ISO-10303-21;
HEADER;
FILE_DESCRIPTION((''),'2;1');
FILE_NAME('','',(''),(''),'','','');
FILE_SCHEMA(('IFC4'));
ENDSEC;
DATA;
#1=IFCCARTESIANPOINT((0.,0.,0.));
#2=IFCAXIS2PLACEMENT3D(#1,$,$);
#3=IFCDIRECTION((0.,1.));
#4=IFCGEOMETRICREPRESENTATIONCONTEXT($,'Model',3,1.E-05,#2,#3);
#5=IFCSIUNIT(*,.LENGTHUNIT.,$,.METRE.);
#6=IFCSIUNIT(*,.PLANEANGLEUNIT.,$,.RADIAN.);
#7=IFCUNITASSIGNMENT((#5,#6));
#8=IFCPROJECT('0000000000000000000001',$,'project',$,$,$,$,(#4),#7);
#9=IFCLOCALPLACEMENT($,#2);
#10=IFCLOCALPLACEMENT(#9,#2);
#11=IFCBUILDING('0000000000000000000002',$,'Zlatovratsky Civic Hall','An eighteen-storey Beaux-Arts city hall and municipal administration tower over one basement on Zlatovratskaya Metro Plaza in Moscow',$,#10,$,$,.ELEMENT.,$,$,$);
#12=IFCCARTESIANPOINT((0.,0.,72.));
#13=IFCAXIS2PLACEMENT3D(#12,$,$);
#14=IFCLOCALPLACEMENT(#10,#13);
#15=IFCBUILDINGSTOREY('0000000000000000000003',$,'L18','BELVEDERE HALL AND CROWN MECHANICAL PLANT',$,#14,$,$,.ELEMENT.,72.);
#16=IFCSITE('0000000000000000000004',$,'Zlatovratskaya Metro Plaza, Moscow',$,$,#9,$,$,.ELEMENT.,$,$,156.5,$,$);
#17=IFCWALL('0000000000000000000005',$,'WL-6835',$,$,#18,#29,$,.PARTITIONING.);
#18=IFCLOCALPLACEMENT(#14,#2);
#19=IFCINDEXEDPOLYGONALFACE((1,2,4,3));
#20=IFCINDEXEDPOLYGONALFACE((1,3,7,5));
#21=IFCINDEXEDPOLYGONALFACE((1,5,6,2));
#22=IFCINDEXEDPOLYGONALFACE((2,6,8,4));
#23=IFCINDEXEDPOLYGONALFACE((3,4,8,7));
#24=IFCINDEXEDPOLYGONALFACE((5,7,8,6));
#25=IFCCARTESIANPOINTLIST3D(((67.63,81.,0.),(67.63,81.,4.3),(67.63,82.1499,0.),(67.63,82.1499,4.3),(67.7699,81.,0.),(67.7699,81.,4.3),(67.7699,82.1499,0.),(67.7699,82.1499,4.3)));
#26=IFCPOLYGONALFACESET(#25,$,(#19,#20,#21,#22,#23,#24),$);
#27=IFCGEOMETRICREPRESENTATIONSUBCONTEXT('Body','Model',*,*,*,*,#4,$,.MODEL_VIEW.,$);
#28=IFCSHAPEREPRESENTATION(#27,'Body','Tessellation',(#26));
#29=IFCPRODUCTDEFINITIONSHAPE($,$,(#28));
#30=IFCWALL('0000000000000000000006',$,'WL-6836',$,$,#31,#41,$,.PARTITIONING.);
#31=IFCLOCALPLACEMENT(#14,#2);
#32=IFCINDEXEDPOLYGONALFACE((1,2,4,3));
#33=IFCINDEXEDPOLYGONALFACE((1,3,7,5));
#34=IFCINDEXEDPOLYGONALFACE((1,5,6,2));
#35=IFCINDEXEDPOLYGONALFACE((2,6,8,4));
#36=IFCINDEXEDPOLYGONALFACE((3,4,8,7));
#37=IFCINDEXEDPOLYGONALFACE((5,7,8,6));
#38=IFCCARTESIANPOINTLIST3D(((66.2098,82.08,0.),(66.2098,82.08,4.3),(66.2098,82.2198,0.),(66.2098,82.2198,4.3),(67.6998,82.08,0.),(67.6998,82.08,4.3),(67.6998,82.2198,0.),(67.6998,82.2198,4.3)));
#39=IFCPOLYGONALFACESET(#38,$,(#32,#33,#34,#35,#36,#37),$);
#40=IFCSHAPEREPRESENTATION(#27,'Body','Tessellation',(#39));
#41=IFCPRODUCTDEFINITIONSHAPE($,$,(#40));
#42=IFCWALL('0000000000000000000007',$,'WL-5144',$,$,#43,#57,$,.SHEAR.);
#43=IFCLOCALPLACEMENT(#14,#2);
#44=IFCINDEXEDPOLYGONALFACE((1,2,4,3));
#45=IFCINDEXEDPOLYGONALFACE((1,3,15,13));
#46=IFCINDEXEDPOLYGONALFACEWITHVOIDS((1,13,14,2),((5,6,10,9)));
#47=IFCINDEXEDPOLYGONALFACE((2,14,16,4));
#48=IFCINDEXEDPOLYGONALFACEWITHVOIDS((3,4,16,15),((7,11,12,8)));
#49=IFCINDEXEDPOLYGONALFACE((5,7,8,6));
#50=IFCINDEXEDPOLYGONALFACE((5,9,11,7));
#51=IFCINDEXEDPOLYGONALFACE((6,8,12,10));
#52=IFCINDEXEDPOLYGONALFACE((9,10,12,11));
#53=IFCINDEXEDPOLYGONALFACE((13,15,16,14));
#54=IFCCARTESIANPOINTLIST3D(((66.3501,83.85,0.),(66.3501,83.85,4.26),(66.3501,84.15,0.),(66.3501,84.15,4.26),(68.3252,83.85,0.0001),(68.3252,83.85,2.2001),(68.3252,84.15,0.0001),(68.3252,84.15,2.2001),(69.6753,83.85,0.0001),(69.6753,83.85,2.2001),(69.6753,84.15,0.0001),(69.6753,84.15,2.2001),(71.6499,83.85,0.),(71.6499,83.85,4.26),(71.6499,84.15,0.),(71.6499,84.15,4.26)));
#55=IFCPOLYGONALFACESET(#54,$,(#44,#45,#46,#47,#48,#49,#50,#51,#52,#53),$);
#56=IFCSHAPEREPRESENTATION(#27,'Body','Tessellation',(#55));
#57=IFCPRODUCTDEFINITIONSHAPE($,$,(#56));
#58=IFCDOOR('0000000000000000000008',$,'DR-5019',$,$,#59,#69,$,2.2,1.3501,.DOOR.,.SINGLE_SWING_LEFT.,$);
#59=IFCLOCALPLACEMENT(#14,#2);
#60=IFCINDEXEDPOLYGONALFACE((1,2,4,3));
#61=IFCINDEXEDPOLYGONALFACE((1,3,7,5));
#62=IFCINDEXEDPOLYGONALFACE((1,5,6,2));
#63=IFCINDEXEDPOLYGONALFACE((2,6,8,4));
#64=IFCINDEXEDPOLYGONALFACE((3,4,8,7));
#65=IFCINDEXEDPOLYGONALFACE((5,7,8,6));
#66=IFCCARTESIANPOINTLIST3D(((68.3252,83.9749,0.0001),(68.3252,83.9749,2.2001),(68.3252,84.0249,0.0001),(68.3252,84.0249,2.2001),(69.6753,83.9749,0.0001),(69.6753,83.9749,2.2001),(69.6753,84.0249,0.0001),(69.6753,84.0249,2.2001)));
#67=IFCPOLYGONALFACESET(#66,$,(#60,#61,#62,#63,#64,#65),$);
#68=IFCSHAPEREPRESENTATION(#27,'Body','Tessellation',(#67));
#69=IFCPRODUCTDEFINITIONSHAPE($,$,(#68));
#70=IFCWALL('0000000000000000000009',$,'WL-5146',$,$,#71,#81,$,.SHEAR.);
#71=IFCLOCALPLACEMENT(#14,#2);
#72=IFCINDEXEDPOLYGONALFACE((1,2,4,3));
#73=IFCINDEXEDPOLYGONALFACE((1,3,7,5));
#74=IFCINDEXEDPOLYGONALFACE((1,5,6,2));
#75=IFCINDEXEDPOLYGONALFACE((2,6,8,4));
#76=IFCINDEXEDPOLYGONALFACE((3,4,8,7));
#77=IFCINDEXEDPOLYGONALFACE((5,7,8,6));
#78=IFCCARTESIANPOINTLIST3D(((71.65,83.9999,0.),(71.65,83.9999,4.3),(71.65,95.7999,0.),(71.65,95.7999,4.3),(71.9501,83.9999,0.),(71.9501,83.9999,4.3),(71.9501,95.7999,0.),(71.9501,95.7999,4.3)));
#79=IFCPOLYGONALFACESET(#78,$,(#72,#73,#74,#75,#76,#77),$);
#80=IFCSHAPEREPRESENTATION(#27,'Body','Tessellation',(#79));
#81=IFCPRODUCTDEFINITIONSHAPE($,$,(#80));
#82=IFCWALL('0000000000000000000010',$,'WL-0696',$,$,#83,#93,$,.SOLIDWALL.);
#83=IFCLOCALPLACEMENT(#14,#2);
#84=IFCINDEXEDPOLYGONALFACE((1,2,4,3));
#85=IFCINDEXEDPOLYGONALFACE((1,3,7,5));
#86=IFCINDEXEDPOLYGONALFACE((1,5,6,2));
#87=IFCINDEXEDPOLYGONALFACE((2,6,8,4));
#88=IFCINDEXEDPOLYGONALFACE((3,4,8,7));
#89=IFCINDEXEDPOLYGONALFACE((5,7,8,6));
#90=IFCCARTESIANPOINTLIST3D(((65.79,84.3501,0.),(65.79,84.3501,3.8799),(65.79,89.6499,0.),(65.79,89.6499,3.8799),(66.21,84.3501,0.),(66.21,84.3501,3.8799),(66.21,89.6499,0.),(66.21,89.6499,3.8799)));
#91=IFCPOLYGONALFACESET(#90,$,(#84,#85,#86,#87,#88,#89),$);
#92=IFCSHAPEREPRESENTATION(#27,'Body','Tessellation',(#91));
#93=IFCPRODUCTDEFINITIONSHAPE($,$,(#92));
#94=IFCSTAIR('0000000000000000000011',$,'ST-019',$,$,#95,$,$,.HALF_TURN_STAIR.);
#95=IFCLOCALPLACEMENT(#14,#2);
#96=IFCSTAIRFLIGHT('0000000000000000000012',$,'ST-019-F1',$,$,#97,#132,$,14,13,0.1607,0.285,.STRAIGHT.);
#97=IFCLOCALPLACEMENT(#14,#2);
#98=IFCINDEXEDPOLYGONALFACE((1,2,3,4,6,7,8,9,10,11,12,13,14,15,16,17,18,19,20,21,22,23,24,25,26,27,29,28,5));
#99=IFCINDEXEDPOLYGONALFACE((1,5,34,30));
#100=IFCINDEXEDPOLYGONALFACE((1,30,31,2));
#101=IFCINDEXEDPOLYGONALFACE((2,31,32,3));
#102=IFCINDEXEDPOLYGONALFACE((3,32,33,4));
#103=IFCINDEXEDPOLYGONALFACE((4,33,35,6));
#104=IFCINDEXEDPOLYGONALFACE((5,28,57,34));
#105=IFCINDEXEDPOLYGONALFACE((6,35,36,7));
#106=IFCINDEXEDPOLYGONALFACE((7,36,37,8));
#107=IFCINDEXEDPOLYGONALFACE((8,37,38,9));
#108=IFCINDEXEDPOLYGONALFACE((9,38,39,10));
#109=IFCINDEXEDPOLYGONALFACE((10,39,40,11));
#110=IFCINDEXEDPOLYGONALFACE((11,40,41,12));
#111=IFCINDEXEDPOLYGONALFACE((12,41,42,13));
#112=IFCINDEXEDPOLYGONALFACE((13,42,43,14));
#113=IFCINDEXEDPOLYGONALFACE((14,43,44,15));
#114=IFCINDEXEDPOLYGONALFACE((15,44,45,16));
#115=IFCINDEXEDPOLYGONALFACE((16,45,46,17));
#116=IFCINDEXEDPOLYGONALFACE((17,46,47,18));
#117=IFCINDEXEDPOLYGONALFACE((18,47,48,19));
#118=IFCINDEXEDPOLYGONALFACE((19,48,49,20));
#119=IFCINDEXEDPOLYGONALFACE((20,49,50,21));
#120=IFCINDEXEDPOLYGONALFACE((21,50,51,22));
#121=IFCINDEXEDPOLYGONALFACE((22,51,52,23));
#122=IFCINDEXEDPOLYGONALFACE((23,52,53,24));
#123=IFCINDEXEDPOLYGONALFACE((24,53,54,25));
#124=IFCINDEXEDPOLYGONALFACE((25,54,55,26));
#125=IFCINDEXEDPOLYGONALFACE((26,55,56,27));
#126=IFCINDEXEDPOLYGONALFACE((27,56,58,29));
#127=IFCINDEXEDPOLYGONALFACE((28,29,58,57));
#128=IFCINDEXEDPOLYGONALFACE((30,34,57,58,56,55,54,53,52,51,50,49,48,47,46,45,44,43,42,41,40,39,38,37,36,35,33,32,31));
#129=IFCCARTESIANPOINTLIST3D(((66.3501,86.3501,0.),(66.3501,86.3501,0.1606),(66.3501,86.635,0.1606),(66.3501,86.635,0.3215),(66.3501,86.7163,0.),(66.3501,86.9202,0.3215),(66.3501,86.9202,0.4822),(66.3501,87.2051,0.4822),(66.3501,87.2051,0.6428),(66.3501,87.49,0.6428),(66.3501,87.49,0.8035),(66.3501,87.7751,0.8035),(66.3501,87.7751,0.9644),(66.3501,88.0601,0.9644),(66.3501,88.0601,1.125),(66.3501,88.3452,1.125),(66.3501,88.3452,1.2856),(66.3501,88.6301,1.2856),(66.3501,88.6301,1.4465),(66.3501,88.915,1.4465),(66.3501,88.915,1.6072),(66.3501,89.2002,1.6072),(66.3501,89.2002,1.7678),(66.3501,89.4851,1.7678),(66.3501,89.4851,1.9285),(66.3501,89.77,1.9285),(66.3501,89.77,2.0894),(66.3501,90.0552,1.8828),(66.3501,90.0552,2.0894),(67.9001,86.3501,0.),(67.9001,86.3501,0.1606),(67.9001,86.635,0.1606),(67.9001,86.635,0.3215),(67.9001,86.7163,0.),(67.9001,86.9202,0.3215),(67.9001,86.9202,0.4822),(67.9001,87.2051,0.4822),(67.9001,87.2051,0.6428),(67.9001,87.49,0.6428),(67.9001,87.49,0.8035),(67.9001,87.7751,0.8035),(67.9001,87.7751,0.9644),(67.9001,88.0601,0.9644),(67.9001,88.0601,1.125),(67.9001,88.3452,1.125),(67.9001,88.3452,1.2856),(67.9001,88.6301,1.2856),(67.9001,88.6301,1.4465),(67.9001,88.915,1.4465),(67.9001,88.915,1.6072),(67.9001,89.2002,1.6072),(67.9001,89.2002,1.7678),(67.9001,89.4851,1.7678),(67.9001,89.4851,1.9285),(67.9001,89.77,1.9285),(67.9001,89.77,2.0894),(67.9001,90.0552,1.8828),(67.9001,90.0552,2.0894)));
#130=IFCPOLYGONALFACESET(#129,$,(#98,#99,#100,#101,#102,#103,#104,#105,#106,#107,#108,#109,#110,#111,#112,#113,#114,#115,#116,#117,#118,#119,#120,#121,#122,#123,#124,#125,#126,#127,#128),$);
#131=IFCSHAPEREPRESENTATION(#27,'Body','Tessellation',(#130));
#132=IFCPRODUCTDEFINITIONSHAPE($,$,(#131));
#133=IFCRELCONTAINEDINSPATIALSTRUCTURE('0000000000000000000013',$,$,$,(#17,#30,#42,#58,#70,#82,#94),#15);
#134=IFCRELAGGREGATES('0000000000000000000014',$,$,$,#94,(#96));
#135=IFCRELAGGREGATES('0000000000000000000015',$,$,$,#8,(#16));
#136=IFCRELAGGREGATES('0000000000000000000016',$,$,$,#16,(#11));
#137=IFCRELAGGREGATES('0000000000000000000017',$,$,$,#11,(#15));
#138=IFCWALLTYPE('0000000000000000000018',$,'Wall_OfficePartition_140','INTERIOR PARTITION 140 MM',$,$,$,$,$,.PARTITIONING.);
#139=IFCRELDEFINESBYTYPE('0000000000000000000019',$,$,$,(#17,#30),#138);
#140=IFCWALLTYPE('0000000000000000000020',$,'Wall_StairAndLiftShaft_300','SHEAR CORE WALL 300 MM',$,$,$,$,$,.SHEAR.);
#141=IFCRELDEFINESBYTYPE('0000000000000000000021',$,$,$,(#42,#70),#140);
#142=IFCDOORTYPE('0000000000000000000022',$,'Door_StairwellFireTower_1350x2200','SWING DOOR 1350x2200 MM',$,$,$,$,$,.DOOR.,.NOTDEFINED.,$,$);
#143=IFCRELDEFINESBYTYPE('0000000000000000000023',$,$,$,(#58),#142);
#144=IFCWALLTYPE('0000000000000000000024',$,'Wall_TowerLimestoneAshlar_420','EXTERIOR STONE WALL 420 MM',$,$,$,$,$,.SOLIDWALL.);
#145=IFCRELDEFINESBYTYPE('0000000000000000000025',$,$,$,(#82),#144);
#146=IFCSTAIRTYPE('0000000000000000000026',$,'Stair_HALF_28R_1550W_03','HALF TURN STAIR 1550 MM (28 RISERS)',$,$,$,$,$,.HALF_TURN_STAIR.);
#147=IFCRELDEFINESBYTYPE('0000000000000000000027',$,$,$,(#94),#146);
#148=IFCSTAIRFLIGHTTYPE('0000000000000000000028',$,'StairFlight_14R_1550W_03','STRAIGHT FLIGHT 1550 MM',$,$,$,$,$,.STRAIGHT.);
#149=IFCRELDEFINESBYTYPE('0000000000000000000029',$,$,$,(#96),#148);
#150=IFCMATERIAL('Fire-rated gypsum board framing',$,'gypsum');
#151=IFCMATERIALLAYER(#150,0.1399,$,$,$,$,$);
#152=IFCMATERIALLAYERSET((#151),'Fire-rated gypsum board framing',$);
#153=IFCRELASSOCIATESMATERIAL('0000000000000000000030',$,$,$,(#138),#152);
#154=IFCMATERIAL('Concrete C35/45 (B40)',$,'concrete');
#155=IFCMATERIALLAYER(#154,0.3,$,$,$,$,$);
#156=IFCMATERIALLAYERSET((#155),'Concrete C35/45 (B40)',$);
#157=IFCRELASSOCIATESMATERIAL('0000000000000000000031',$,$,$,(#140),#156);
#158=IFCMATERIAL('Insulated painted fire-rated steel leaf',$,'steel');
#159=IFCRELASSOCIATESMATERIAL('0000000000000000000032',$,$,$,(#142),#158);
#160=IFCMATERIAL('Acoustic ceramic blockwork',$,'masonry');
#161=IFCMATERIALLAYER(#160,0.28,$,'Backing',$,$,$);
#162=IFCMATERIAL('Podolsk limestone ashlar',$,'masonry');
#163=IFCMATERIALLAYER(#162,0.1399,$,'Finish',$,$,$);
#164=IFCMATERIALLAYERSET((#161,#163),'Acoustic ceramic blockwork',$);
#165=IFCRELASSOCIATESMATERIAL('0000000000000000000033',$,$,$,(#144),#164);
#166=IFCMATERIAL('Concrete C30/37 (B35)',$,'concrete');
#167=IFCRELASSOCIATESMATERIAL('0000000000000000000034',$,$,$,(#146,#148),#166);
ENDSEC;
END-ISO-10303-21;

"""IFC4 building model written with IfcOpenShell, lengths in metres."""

from ifc_helpers import new_model, si_unit, direction, frame, frame_2d, origin, place, context, subcontext, project, spatial, polyline, rectangle, outline, extrude, material, layer, layer_set, type_object, element, fill, aggregate, save


model = new_model("IFC4")

# Units and contexts
model_context = context("Model", 3, precision=1e-05, world=origin(), true_north=direction((0.0, 1.0)))
body_context = subcontext(model_context, "Body", "Model", "MODEL_VIEW")
ifc_project = project(units=[si_unit("LENGTHUNIT", "METRE"), si_unit("PLANEANGLEUNIT", "RADIAN")], contexts=[model_context])

# Site, building, storey
site_placement = place(None, origin())
site = spatial("IfcSite", under=ifc_project, at=site_placement, Name="Zlatovratskaya Metro Plaza, Moscow", CompositionType="ELEMENT", RefElevation=156.5)
building_placement = place(site_placement, origin())
building = spatial("IfcBuilding", under=site, at=building_placement, Name="Zlatovratsky Civic Hall", Description="An eighteen-storey Beaux-Arts city hall and municipal administration tower over one basement on Zlatovratskaya Metro Plaza in Moscow", CompositionType="ELEMENT")
storey_placement = place(building_placement, frame((0.0, 0.0, 72.0)))
storey = spatial("IfcBuildingStorey", under=building, at=storey_placement, Name="L18", Description="BELVEDERE HALL AND CROWN MECHANICAL PLANT", CompositionType="ELEMENT", Elevation=72.0)

# Shared definitions
ifc_material_1 = material(Name="Concrete C35/45 (B40)", Category="concrete")

# Walls
ifc_material_2 = material(Name="Fire-rated gypsum board framing", Category="gypsum")
ifc_layer_1 = layer(ifc_material_2, 0.1399)
ifc_layer_set_1 = layer_set([ifc_layer_1], Name="Fire-rated gypsum board framing")
wall_type_1 = type_object("IfcWallType", Name="Wall_OfficePartition_140", Description="INTERIOR PARTITION 140 MM", PredefinedType="PARTITIONING", material=ifc_layer_set_1)
wall_1_placement = place(storey_placement, frame((67.7, 81.0, 0.0), z_axis=(0.0, 0.0, 1.0), x_axis=(0.0, 1.0, 0.0)))
element("IfcWall", 1, at=wall_1_placement, inside=storey, type_object=wall_type_1, Name="WL-6835", PredefinedType="PARTITIONING", context=body_context, shape_type="SweptSolid", body=[
    extrude(rectangle(XDim=1.1499, YDim=0.1399, at=frame_2d((0.575, 0.0))), origin(), (0.0, 0.0, 1.0), 4.3),
])
wall_2_placement = place(storey_placement, frame((67.7, 82.1499, 0.0), z_axis=(0.0, 0.0, 1.0), x_axis=(-1.0, 0.0, 0.0)))
element("IfcWall", 2, at=wall_2_placement, inside=storey, type_object=wall_type_1, Name="WL-6836", PredefinedType="PARTITIONING", context=body_context, shape_type="SweptSolid", body=[
    extrude(rectangle(XDim=1.49, YDim=0.1399, at=frame_2d((0.7451, 0.0))), origin(), (0.0, 0.0, 1.0), 4.3),
])

# Wall, opening, door
ifc_layer_2 = layer(ifc_material_1, 0.3)
ifc_layer_set_2 = layer_set([ifc_layer_2], Name="Concrete C35/45 (B40)")
wall_type_2 = type_object("IfcWallType", Name="Wall_StairAndLiftShaft_300", Description="SHEAR CORE WALL 300 MM", PredefinedType="SHEAR", material=ifc_layer_set_2)
wall_3_placement = place(storey_placement, frame((66.3501, 84.0, 0.0), z_axis=(0.0, 0.0, 1.0), x_axis=(1.0, 0.0, 0.0)))
wall_3 = element("IfcWall", 3, at=wall_3_placement, inside=storey, type_object=wall_type_2, Name="WL-5144", PredefinedType="SHEAR", context=body_context, shape_type="SweptSolid", body=[
    extrude(rectangle(XDim=5.2998, YDim=0.3, at=frame_2d((2.6499, 0.0))), origin(), (0.0, 0.0, 1.0), 4.26),
])
opening_placement = place(wall_3_placement, frame((1.9751, 0.0, 0.0)))
opening = element("IfcOpeningElement", 4, at=opening_placement, cuts=wall_3, PredefinedType="OPENING", context=body_context, shape_type="SweptSolid", body=[
    extrude(rectangle(XDim=1.3501, YDim=2.2, at=frame_2d((0.675, 1.1001))), frame((0.0, 0.165, 0.0), z_axis=(0.0, -1.0, 0.0), x_axis=(1.0, 0.0, 0.0)), (0.0, 0.0, 1.0), 0.3298),
])
ifc_material_3 = material(Name="Insulated painted fire-rated steel leaf", Category="steel")
door_type = type_object("IfcDoorType", Name="Door_StairwellFireTower_1350x2200", Description="SWING DOOR 1350x2200 MM", OperationType="NOTDEFINED", PredefinedType="DOOR", material=ifc_material_3)
door_placement = place(opening_placement, origin())
door = element("IfcDoor", 5, at=door_placement, inside=storey, type_object=door_type, Name="DR-5019", OperationType="SINGLE_SWING_LEFT", OverallHeight=2.2, OverallWidth=1.3501, PredefinedType="DOOR", context=body_context, shape_type="SweptSolid", body=[
    extrude(rectangle(XDim=1.3501, YDim=2.2, at=frame_2d((0.675, 1.1001))), frame((0.0, 0.0249, 0.0), z_axis=(0.0, -1.0, 0.0), x_axis=(1.0, 0.0, 0.0)), (0.0, 0.0, 1.0), 0.05),
])
fill(opening, door)

# Walls
wall_4_placement = place(storey_placement, frame((71.8, 84.0, 0.0), z_axis=(0.0, 0.0, 1.0), x_axis=(0.0, 1.0, 0.0)))
element("IfcWall", 6, at=wall_4_placement, inside=storey, type_object=wall_type_2, Name="WL-5146", PredefinedType="SHEAR", context=body_context, shape_type="SweptSolid", body=[
    extrude(rectangle(XDim=11.8, YDim=0.3, at=frame_2d((5.8999, 0.0))), origin(), (0.0, 0.0, 1.0), 4.3),
])
ifc_material_4 = material(Name="Acoustic ceramic blockwork", Category="masonry")
ifc_layer_3 = layer(ifc_material_4, 0.28, Name="Backing")
ifc_material_5 = material(Name="Podolsk limestone ashlar", Category="masonry")
ifc_layer_4 = layer(ifc_material_5, 0.1399, Name="Finish")
ifc_layer_set_3 = layer_set([ifc_layer_3, ifc_layer_4], Name="Acoustic ceramic blockwork")
wall_type_3 = type_object("IfcWallType", Name="Wall_TowerLimestoneAshlar_420", Description="EXTERIOR STONE WALL 420 MM", PredefinedType="SOLIDWALL", material=ifc_layer_set_3)
wall_5_placement = place(storey_placement, frame((66.0, 84.3501, 0.0), z_axis=(0.0, 0.0, 1.0), x_axis=(0.0, 1.0, 0.0)))
element("IfcWall", 7, at=wall_5_placement, inside=storey, type_object=wall_type_3, Name="WL-0696", PredefinedType="SOLIDWALL", context=body_context, shape_type="SweptSolid", body=[
    extrude(rectangle(XDim=5.2998, YDim=0.4199, at=frame_2d((2.6499, 0.0))), origin(), (0.0, 0.0, 1.0), 3.8799),
])

# Stair, stair flight
ifc_material_6 = material(Name="Concrete C30/37 (B35)", Category="concrete")
stair_type = type_object("IfcStairType", Name="Stair_HALF_28R_1550W_03", Description="HALF TURN STAIR 1550 MM (28 RISERS)", PredefinedType="HALF_TURN_STAIR", material=ifc_material_6)
stair_placement = place(storey_placement, origin())
stair = element("IfcStair", 8, at=stair_placement, inside=storey, type_object=stair_type, Name="ST-019", PredefinedType="HALF_TURN_STAIR")
stair_flight_type = type_object("IfcStairFlightType", Name="StairFlight_14R_1550W_03", Description="STRAIGHT FLIGHT 1550 MM", PredefinedType="STRAIGHT", material=ifc_material_6)
stair_flight_placement = place(storey_placement, frame((67.125, 86.3501, 0.0), z_axis=(0.0, 0.0, 1.0), x_axis=(0.0, 1.0, 0.0)))
stair_flight = element("IfcStairFlight", 9, at=stair_flight_placement, type_object=stair_flight_type, Name="ST-019-F1", NumberOfRisers=14, NumberOfTreads=13, PredefinedType="STRAIGHT", RiserHeight=0.1607, TreadLength=0.285, context=body_context, shape_type="SweptSolid", body=[
    extrude(outline(polyline([(0.0, 0.0), (0.0, 0.1606), (0.2849, 0.1606), (0.2849, 0.3215), (0.5701, 0.3215), (0.5701, 0.4822), (0.855, 0.4822), (0.855, 0.6428), (1.1399, 0.6428), (1.1399, 0.8035), (1.425, 0.8035), (1.425, 0.9644), (1.71, 0.9644), (1.71, 1.125), (1.9951, 1.125), (1.9951, 1.2856), (2.28, 1.2856), (2.28, 1.4465), (2.5649, 1.4465), (2.5649, 1.6072), (2.8501, 1.6072), (2.8501, 1.7678), (3.135, 1.7678), (3.135, 1.9285), (3.4199, 1.9285), (3.4199, 2.0894), (3.7051, 2.0894), (3.7051, 2.25), (3.7051, 1.8828), (0.3662, 0.0), (0.0, 0.0)])), frame((0.0, 0.7749, 0.0), z_axis=(0.0, -1.0, 0.0), x_axis=(1.0, 0.0, 0.0)), (0.0, 0.0, 1.0), 1.55),
])
aggregate(stair, [stair_flight])

save(model, "model.ifc")
